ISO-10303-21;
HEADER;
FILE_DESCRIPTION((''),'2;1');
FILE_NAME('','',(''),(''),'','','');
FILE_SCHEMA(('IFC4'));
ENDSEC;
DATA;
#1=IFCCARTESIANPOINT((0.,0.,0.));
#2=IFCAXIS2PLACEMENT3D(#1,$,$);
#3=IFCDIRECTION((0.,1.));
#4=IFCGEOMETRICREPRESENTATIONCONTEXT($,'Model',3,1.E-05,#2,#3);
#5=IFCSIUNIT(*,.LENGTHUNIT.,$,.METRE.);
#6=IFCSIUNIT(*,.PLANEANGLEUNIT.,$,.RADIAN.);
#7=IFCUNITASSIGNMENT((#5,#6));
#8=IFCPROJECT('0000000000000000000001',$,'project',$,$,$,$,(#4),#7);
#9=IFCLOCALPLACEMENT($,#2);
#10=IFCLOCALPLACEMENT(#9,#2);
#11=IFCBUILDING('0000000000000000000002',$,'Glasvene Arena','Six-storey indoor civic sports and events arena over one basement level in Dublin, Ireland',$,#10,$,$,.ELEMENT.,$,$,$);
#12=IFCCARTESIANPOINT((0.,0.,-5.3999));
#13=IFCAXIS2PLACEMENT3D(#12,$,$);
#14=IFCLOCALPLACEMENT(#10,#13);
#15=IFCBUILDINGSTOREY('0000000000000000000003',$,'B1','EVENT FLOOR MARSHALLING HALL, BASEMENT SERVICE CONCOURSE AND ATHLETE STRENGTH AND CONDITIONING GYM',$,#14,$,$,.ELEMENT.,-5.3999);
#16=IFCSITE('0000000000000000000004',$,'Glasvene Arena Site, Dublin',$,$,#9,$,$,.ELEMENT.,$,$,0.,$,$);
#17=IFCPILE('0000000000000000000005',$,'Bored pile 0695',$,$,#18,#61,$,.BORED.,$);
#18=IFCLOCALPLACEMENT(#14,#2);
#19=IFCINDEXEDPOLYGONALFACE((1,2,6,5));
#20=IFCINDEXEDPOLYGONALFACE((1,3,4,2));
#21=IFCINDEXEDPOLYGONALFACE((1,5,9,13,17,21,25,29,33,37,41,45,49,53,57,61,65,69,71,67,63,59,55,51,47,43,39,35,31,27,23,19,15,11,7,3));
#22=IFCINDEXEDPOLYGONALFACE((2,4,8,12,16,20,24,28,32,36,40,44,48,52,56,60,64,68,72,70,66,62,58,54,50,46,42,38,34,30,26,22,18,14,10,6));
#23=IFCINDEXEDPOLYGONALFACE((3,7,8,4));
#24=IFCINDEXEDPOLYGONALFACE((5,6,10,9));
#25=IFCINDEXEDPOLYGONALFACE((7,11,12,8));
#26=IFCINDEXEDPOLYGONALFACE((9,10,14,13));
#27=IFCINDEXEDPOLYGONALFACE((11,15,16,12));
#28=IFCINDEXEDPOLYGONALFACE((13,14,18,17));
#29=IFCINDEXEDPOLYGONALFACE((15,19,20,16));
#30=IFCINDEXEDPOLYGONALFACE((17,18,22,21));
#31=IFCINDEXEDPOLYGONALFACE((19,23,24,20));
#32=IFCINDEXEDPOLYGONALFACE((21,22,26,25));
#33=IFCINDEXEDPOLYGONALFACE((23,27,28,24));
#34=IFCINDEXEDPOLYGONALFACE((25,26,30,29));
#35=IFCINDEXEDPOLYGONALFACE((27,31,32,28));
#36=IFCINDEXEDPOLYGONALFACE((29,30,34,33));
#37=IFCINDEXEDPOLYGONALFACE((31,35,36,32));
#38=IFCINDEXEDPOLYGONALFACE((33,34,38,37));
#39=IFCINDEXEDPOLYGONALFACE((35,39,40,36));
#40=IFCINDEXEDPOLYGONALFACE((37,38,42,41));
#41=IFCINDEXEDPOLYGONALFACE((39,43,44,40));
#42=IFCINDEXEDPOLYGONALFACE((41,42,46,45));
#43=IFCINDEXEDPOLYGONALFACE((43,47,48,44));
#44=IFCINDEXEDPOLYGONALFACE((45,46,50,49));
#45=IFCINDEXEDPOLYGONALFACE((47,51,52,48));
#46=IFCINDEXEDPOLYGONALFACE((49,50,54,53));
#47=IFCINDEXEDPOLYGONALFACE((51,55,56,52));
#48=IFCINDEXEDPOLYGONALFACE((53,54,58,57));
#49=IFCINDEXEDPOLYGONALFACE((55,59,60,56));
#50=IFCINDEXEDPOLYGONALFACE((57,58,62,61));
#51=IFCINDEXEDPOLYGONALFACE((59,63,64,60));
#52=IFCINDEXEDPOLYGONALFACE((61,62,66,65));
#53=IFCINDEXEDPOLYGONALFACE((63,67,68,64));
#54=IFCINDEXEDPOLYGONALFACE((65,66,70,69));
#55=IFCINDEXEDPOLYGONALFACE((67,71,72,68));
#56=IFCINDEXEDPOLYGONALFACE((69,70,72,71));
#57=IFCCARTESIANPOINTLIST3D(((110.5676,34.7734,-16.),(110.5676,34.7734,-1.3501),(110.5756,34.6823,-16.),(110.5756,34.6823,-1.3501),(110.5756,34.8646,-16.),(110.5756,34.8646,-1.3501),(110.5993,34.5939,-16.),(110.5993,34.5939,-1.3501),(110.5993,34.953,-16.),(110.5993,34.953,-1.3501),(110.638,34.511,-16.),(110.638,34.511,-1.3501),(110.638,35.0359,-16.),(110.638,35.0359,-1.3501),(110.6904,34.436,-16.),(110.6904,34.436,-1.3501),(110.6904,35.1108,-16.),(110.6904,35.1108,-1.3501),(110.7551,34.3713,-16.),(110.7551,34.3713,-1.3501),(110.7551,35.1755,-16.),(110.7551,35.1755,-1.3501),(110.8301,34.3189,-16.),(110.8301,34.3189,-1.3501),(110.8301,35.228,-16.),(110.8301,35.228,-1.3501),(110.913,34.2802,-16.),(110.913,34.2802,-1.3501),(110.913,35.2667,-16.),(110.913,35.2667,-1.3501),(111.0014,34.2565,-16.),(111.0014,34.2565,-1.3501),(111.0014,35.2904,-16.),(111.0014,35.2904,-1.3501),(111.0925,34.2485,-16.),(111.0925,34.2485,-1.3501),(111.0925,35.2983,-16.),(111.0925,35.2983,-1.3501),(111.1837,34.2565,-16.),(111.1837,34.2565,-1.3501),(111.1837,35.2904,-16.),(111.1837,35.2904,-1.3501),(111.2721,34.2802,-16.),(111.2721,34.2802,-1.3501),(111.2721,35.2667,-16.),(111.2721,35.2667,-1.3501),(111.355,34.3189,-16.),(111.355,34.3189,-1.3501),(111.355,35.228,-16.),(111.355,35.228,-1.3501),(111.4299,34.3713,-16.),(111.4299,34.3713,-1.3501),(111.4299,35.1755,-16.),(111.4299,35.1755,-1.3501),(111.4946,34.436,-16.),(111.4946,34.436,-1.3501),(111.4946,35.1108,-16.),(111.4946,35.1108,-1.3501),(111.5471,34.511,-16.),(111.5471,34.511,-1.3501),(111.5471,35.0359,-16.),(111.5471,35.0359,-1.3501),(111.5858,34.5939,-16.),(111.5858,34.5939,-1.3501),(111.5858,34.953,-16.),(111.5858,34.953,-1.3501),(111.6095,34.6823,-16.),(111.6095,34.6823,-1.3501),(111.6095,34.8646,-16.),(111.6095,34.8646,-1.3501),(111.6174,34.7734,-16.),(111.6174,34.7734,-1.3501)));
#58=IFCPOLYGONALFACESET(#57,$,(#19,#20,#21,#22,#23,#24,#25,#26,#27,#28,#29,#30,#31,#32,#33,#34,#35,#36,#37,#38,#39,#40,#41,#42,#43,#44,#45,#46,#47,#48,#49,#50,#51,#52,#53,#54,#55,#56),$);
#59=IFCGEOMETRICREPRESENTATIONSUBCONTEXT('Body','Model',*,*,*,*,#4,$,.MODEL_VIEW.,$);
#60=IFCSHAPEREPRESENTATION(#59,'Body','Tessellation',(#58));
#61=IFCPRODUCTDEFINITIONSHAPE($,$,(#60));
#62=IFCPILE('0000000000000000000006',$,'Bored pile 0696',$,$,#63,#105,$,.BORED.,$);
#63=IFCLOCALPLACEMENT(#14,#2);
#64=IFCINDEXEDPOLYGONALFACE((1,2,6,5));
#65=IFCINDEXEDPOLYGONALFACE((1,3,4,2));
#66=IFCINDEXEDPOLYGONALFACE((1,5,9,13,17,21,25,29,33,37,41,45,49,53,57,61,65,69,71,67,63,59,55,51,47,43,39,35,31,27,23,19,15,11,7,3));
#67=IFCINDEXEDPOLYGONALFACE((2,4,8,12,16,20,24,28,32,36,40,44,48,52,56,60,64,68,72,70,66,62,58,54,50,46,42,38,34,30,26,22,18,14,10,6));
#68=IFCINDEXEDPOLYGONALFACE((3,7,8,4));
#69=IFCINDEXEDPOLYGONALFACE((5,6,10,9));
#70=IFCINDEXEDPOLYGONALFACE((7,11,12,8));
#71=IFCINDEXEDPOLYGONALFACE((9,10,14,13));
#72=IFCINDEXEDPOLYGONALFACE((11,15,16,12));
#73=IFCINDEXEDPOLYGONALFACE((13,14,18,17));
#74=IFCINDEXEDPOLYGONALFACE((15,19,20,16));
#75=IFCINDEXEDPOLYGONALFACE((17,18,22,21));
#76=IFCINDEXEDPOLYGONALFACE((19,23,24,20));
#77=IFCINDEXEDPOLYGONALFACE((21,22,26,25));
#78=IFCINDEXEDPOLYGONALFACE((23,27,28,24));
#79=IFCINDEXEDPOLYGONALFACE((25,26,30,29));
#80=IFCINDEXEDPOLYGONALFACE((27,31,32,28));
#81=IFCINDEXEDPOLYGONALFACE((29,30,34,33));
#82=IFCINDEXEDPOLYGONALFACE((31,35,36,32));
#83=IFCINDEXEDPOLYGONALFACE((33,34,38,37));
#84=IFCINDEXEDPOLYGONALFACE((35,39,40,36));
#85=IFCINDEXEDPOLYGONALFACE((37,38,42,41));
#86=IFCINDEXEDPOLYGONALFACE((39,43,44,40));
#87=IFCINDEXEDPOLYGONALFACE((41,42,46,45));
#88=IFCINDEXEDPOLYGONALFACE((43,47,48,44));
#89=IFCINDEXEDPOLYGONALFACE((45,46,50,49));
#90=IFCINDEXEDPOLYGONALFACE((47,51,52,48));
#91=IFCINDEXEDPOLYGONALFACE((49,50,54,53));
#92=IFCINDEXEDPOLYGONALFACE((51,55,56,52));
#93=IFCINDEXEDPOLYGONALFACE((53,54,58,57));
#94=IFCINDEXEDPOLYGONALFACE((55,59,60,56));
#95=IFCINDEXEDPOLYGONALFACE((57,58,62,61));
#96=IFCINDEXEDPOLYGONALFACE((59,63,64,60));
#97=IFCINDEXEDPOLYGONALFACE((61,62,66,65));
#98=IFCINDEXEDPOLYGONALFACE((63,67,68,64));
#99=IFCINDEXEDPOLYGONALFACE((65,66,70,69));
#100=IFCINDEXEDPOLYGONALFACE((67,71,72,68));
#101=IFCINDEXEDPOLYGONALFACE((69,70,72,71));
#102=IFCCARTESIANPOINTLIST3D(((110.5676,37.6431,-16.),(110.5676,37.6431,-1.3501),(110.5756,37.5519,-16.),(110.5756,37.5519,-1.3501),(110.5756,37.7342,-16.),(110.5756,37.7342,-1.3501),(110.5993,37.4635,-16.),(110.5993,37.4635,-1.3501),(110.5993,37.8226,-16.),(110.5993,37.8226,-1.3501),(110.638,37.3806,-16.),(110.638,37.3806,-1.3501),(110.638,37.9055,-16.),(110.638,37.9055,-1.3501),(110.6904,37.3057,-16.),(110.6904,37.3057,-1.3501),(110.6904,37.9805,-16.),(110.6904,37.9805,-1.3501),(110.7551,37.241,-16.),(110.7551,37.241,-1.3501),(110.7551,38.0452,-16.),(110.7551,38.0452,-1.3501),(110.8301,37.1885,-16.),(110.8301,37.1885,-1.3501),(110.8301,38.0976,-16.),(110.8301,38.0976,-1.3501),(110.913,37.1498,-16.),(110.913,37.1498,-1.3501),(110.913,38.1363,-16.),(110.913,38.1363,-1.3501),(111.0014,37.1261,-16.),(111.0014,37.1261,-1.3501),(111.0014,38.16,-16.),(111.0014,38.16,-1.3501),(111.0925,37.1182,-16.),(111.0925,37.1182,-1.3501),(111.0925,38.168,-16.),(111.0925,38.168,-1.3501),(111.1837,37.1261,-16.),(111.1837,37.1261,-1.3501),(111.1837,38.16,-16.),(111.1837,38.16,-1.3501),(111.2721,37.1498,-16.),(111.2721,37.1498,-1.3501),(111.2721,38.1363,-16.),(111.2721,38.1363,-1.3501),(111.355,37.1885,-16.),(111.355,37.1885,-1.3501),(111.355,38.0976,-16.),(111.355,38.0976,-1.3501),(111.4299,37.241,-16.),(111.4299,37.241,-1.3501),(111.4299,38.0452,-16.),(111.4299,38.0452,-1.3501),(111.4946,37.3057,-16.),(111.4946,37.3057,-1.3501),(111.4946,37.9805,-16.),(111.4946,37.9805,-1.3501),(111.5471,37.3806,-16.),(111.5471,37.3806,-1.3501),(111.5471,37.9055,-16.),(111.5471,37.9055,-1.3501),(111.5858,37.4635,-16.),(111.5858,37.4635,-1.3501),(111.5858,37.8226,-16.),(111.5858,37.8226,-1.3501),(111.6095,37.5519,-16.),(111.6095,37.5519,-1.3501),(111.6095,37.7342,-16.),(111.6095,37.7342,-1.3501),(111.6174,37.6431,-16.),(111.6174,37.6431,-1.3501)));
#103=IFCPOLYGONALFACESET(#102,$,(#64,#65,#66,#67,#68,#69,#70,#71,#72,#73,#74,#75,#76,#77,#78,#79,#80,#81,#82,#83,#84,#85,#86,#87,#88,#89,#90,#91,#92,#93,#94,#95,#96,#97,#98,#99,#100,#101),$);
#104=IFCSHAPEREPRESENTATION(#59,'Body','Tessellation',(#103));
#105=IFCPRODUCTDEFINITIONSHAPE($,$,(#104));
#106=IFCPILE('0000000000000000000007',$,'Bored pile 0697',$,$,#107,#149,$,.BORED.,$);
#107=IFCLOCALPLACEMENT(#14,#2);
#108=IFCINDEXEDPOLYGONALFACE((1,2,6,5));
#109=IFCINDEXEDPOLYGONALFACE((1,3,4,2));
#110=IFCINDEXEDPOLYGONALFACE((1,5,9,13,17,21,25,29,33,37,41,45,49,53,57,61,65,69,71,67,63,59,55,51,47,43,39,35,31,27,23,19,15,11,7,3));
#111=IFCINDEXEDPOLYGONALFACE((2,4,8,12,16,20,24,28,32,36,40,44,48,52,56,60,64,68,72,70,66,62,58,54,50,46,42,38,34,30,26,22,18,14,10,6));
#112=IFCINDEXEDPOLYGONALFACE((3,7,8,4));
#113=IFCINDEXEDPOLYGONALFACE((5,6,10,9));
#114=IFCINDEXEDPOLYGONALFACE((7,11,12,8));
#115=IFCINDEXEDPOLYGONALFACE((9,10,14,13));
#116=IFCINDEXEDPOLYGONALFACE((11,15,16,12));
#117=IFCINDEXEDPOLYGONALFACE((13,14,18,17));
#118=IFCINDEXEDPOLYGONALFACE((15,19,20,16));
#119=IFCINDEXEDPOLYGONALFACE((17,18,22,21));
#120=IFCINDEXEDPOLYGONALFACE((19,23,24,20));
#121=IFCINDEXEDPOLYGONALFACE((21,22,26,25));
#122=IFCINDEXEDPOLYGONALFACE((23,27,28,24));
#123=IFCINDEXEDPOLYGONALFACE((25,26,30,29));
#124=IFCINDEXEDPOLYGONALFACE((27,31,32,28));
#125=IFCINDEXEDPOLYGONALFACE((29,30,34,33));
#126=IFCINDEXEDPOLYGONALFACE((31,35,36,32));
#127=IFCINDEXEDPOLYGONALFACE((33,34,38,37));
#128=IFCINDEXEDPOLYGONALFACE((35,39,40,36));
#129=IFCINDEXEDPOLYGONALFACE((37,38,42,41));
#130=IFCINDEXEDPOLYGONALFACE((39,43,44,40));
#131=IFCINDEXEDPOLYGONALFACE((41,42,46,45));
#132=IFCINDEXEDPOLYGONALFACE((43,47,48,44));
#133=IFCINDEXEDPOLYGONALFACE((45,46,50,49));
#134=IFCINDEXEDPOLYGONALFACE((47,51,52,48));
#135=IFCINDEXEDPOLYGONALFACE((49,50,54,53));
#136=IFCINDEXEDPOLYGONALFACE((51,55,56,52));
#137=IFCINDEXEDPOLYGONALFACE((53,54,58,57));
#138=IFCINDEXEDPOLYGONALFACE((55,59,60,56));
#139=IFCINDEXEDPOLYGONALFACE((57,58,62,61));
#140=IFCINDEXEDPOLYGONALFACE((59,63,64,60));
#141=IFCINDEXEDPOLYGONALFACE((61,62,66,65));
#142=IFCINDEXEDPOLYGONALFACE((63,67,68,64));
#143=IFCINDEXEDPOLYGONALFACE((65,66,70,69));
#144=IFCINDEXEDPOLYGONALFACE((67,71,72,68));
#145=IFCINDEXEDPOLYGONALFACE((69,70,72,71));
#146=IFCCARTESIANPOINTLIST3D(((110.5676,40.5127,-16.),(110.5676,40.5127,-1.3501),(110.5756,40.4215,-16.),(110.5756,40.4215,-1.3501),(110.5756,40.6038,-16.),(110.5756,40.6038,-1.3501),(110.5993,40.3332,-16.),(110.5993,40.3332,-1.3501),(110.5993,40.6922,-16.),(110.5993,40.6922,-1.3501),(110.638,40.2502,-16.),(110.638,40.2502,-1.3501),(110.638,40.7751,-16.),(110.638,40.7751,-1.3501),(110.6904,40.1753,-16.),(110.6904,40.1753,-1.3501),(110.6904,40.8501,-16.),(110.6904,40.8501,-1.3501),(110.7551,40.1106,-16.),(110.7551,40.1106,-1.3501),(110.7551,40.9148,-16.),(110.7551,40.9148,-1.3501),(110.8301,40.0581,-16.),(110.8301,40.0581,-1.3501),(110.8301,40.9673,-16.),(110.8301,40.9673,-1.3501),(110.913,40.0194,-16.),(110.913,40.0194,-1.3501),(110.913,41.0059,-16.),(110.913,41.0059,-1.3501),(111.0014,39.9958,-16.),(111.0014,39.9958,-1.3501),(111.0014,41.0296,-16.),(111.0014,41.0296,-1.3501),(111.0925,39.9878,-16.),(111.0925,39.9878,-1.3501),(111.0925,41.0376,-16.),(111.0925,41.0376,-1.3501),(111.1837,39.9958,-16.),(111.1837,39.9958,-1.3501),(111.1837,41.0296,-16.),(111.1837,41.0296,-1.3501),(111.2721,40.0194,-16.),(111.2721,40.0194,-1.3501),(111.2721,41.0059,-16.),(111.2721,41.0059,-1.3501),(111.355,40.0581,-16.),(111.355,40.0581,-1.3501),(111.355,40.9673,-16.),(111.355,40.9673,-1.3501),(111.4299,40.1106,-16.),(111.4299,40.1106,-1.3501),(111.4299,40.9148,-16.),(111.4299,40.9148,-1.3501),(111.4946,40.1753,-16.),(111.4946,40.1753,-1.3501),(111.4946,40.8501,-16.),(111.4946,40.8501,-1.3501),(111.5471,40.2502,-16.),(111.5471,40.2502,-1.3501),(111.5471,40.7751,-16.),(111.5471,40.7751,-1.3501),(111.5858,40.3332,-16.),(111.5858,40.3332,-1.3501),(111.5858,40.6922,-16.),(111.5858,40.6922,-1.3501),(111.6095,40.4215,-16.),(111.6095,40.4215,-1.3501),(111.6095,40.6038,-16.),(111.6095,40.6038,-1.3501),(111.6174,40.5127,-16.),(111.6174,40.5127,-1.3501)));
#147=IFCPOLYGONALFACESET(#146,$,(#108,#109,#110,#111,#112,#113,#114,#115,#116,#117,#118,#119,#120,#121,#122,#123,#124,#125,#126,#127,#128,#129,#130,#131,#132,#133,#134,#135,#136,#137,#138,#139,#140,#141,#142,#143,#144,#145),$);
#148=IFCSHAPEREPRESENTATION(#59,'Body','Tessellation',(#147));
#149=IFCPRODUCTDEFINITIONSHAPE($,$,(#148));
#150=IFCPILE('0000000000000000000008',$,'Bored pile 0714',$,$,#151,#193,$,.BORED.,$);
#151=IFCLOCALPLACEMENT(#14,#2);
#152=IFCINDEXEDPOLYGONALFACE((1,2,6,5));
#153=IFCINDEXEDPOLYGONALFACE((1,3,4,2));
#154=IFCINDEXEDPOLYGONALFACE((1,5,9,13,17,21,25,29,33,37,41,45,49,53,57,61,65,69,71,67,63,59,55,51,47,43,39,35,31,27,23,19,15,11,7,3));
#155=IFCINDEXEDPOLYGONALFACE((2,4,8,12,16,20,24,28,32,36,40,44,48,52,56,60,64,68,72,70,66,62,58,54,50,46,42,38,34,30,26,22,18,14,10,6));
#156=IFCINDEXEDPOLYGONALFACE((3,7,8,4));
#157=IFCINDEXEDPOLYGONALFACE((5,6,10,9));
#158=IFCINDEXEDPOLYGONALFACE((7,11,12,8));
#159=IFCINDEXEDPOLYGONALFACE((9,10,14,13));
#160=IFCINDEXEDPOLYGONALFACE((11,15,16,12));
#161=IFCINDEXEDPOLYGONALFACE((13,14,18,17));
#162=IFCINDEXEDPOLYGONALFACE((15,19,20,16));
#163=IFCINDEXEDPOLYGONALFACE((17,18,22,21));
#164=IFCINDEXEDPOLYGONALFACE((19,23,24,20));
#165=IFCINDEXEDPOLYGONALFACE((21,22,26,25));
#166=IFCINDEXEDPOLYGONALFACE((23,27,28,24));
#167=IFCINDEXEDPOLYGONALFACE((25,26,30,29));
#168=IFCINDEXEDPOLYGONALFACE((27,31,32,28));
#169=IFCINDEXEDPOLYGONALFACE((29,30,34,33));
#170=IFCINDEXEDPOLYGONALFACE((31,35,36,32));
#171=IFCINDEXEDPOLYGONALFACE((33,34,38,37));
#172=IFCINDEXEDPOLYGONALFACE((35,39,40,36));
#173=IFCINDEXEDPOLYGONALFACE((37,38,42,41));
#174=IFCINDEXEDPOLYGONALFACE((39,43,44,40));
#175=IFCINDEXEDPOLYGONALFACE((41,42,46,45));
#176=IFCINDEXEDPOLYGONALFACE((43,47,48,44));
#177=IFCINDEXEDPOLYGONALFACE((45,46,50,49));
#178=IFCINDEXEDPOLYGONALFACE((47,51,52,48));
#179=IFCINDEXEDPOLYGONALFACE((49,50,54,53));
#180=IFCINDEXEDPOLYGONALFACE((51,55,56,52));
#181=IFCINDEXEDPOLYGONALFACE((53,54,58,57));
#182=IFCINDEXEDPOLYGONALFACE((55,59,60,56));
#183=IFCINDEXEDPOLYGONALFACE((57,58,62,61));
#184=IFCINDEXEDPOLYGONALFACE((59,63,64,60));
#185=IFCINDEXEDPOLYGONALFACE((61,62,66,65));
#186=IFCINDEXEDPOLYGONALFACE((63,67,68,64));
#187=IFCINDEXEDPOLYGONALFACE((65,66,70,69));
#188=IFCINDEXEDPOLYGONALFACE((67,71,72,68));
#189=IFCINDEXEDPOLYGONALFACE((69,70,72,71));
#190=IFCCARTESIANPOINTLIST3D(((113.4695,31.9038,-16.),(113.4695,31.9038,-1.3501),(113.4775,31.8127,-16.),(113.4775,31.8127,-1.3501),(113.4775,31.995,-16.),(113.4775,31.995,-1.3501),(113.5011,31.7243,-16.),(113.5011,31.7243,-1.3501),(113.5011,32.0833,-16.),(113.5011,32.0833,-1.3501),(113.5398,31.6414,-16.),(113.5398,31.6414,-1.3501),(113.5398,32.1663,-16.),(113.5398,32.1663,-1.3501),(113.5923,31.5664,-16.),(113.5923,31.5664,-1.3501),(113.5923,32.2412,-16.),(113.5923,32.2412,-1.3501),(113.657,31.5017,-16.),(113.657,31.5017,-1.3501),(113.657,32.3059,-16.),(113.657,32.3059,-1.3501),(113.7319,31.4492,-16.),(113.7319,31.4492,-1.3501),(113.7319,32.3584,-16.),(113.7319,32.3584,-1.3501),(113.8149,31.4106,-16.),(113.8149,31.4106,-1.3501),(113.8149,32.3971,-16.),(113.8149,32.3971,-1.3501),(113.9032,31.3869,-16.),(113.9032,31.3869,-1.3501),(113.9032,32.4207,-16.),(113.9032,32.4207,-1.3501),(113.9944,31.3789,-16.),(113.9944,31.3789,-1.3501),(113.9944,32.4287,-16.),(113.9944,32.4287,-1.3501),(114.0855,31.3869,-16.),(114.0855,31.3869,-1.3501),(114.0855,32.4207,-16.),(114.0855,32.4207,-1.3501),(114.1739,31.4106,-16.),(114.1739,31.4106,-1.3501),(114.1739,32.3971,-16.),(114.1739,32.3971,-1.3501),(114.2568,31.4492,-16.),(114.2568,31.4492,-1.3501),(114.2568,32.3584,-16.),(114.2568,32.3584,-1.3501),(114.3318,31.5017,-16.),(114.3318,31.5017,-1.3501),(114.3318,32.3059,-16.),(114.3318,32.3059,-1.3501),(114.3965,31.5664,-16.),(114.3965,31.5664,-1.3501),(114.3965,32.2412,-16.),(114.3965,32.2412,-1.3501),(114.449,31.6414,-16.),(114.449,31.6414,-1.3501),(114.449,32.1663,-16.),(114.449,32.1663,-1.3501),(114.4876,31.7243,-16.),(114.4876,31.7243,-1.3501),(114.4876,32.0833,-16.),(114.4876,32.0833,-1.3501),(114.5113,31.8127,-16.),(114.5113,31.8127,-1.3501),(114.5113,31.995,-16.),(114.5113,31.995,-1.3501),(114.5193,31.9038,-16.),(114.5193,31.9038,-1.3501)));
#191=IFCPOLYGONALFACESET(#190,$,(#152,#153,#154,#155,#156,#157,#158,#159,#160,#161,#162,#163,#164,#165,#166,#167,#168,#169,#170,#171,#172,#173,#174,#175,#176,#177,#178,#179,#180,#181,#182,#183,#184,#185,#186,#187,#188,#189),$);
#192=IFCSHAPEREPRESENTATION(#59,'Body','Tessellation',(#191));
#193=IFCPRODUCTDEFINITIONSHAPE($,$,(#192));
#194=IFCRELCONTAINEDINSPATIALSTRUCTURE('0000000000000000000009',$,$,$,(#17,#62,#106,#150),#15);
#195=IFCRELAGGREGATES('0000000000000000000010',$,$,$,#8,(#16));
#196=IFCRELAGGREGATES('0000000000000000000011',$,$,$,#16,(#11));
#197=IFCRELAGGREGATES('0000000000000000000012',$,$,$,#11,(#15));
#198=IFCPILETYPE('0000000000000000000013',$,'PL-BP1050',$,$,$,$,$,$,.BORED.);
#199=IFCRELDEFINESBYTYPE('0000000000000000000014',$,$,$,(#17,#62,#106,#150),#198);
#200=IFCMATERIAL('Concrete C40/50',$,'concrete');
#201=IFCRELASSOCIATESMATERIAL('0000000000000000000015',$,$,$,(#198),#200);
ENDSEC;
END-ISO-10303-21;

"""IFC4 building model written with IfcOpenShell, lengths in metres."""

from ifc_helpers import new_model, si_unit, direction, frame, origin, origin_2d, place, context, subcontext, project, spatial, circle, extrude, material, material_profile, profile_set, type_object, element, save


model = new_model("IFC4")

# Units and contexts
model_context = context("Model", 3, precision=1e-05, world=origin(), true_north=direction((0.0, 1.0)))
body_context = subcontext(model_context, "Body", "Model", "MODEL_VIEW")
ifc_project = project(units=[si_unit("LENGTHUNIT", "METRE"), si_unit("PLANEANGLEUNIT", "RADIAN")], contexts=[model_context])

# Site, building, storey
site_placement = place(None, origin())
site = spatial("IfcSite", under=ifc_project, at=site_placement, Name="Glasvene Arena Site, Dublin", CompositionType="ELEMENT", RefElevation=0.0)
building_placement = place(site_placement, origin())
building = spatial("IfcBuilding", under=site, at=building_placement, Name="Glasvene Arena", Description="Six-storey indoor civic sports and events arena over one basement level in Dublin, Ireland", CompositionType="ELEMENT")
storey_placement = place(building_placement, frame((0.0, 0.0, -5.3999)))
storey = spatial("IfcBuildingStorey", under=building, at=storey_placement, Name="B1", Description="EVENT FLOOR MARSHALLING HALL, BASEMENT SERVICE CONCOURSE AND ATHLETE STRENGTH AND CONDITIONING GYM", CompositionType="ELEMENT", Elevation=-5.3999)

# Piles
ifc_material_1 = material(Name="Concrete C40/50", Category="concrete")
ifc_material_profile_1 = material_profile(ifc_material_1, circle(Radius=0.5249, at=origin_2d()), Name="BORED PILE 1050")
ifc_profile_set_1 = profile_set([ifc_material_profile_1], Name="Concrete C40/50")
pile_type = type_object("IfcPileType", Name="PL-BP1050", PredefinedType="BORED", material=ifc_profile_set_1)
for number, where, z_axis, x_axis, name in (
    (1, (111.0925, 34.7734, -1.3501), (0.0, 0.0, -1.0), (1.0, 0.0, 0.0), "Bored pile 0695"),
    (2, (111.0925, 37.6431, -1.3501), (0.0, 0.0, -1.0), (1.0, 0.0, 0.0), "Bored pile 0696"),
    (3, (111.0925, 40.5127, -1.3501), (0.0, 0.0, -1.0), (1.0, 0.0, 0.0), "Bored pile 0697"),
    (4, (113.9944, 31.9038, -1.3501), (0.0, 0.0, -1.0), (1.0, 0.0, 0.0), "Bored pile 0714"),
):
    element("IfcPile", number, at=place(storey_placement, frame(where, z_axis=z_axis, x_axis=x_axis)), inside=storey, type_object=pile_type, Name=name, PredefinedType="BORED", context=body_context, shape_type="SweptSolid", body=[
        extrude(circle(Radius=0.5249, at=origin_2d()), origin(), (0.0, 0.0, 1.0), 14.6499),
    ])

save(model, "model.ifc")
